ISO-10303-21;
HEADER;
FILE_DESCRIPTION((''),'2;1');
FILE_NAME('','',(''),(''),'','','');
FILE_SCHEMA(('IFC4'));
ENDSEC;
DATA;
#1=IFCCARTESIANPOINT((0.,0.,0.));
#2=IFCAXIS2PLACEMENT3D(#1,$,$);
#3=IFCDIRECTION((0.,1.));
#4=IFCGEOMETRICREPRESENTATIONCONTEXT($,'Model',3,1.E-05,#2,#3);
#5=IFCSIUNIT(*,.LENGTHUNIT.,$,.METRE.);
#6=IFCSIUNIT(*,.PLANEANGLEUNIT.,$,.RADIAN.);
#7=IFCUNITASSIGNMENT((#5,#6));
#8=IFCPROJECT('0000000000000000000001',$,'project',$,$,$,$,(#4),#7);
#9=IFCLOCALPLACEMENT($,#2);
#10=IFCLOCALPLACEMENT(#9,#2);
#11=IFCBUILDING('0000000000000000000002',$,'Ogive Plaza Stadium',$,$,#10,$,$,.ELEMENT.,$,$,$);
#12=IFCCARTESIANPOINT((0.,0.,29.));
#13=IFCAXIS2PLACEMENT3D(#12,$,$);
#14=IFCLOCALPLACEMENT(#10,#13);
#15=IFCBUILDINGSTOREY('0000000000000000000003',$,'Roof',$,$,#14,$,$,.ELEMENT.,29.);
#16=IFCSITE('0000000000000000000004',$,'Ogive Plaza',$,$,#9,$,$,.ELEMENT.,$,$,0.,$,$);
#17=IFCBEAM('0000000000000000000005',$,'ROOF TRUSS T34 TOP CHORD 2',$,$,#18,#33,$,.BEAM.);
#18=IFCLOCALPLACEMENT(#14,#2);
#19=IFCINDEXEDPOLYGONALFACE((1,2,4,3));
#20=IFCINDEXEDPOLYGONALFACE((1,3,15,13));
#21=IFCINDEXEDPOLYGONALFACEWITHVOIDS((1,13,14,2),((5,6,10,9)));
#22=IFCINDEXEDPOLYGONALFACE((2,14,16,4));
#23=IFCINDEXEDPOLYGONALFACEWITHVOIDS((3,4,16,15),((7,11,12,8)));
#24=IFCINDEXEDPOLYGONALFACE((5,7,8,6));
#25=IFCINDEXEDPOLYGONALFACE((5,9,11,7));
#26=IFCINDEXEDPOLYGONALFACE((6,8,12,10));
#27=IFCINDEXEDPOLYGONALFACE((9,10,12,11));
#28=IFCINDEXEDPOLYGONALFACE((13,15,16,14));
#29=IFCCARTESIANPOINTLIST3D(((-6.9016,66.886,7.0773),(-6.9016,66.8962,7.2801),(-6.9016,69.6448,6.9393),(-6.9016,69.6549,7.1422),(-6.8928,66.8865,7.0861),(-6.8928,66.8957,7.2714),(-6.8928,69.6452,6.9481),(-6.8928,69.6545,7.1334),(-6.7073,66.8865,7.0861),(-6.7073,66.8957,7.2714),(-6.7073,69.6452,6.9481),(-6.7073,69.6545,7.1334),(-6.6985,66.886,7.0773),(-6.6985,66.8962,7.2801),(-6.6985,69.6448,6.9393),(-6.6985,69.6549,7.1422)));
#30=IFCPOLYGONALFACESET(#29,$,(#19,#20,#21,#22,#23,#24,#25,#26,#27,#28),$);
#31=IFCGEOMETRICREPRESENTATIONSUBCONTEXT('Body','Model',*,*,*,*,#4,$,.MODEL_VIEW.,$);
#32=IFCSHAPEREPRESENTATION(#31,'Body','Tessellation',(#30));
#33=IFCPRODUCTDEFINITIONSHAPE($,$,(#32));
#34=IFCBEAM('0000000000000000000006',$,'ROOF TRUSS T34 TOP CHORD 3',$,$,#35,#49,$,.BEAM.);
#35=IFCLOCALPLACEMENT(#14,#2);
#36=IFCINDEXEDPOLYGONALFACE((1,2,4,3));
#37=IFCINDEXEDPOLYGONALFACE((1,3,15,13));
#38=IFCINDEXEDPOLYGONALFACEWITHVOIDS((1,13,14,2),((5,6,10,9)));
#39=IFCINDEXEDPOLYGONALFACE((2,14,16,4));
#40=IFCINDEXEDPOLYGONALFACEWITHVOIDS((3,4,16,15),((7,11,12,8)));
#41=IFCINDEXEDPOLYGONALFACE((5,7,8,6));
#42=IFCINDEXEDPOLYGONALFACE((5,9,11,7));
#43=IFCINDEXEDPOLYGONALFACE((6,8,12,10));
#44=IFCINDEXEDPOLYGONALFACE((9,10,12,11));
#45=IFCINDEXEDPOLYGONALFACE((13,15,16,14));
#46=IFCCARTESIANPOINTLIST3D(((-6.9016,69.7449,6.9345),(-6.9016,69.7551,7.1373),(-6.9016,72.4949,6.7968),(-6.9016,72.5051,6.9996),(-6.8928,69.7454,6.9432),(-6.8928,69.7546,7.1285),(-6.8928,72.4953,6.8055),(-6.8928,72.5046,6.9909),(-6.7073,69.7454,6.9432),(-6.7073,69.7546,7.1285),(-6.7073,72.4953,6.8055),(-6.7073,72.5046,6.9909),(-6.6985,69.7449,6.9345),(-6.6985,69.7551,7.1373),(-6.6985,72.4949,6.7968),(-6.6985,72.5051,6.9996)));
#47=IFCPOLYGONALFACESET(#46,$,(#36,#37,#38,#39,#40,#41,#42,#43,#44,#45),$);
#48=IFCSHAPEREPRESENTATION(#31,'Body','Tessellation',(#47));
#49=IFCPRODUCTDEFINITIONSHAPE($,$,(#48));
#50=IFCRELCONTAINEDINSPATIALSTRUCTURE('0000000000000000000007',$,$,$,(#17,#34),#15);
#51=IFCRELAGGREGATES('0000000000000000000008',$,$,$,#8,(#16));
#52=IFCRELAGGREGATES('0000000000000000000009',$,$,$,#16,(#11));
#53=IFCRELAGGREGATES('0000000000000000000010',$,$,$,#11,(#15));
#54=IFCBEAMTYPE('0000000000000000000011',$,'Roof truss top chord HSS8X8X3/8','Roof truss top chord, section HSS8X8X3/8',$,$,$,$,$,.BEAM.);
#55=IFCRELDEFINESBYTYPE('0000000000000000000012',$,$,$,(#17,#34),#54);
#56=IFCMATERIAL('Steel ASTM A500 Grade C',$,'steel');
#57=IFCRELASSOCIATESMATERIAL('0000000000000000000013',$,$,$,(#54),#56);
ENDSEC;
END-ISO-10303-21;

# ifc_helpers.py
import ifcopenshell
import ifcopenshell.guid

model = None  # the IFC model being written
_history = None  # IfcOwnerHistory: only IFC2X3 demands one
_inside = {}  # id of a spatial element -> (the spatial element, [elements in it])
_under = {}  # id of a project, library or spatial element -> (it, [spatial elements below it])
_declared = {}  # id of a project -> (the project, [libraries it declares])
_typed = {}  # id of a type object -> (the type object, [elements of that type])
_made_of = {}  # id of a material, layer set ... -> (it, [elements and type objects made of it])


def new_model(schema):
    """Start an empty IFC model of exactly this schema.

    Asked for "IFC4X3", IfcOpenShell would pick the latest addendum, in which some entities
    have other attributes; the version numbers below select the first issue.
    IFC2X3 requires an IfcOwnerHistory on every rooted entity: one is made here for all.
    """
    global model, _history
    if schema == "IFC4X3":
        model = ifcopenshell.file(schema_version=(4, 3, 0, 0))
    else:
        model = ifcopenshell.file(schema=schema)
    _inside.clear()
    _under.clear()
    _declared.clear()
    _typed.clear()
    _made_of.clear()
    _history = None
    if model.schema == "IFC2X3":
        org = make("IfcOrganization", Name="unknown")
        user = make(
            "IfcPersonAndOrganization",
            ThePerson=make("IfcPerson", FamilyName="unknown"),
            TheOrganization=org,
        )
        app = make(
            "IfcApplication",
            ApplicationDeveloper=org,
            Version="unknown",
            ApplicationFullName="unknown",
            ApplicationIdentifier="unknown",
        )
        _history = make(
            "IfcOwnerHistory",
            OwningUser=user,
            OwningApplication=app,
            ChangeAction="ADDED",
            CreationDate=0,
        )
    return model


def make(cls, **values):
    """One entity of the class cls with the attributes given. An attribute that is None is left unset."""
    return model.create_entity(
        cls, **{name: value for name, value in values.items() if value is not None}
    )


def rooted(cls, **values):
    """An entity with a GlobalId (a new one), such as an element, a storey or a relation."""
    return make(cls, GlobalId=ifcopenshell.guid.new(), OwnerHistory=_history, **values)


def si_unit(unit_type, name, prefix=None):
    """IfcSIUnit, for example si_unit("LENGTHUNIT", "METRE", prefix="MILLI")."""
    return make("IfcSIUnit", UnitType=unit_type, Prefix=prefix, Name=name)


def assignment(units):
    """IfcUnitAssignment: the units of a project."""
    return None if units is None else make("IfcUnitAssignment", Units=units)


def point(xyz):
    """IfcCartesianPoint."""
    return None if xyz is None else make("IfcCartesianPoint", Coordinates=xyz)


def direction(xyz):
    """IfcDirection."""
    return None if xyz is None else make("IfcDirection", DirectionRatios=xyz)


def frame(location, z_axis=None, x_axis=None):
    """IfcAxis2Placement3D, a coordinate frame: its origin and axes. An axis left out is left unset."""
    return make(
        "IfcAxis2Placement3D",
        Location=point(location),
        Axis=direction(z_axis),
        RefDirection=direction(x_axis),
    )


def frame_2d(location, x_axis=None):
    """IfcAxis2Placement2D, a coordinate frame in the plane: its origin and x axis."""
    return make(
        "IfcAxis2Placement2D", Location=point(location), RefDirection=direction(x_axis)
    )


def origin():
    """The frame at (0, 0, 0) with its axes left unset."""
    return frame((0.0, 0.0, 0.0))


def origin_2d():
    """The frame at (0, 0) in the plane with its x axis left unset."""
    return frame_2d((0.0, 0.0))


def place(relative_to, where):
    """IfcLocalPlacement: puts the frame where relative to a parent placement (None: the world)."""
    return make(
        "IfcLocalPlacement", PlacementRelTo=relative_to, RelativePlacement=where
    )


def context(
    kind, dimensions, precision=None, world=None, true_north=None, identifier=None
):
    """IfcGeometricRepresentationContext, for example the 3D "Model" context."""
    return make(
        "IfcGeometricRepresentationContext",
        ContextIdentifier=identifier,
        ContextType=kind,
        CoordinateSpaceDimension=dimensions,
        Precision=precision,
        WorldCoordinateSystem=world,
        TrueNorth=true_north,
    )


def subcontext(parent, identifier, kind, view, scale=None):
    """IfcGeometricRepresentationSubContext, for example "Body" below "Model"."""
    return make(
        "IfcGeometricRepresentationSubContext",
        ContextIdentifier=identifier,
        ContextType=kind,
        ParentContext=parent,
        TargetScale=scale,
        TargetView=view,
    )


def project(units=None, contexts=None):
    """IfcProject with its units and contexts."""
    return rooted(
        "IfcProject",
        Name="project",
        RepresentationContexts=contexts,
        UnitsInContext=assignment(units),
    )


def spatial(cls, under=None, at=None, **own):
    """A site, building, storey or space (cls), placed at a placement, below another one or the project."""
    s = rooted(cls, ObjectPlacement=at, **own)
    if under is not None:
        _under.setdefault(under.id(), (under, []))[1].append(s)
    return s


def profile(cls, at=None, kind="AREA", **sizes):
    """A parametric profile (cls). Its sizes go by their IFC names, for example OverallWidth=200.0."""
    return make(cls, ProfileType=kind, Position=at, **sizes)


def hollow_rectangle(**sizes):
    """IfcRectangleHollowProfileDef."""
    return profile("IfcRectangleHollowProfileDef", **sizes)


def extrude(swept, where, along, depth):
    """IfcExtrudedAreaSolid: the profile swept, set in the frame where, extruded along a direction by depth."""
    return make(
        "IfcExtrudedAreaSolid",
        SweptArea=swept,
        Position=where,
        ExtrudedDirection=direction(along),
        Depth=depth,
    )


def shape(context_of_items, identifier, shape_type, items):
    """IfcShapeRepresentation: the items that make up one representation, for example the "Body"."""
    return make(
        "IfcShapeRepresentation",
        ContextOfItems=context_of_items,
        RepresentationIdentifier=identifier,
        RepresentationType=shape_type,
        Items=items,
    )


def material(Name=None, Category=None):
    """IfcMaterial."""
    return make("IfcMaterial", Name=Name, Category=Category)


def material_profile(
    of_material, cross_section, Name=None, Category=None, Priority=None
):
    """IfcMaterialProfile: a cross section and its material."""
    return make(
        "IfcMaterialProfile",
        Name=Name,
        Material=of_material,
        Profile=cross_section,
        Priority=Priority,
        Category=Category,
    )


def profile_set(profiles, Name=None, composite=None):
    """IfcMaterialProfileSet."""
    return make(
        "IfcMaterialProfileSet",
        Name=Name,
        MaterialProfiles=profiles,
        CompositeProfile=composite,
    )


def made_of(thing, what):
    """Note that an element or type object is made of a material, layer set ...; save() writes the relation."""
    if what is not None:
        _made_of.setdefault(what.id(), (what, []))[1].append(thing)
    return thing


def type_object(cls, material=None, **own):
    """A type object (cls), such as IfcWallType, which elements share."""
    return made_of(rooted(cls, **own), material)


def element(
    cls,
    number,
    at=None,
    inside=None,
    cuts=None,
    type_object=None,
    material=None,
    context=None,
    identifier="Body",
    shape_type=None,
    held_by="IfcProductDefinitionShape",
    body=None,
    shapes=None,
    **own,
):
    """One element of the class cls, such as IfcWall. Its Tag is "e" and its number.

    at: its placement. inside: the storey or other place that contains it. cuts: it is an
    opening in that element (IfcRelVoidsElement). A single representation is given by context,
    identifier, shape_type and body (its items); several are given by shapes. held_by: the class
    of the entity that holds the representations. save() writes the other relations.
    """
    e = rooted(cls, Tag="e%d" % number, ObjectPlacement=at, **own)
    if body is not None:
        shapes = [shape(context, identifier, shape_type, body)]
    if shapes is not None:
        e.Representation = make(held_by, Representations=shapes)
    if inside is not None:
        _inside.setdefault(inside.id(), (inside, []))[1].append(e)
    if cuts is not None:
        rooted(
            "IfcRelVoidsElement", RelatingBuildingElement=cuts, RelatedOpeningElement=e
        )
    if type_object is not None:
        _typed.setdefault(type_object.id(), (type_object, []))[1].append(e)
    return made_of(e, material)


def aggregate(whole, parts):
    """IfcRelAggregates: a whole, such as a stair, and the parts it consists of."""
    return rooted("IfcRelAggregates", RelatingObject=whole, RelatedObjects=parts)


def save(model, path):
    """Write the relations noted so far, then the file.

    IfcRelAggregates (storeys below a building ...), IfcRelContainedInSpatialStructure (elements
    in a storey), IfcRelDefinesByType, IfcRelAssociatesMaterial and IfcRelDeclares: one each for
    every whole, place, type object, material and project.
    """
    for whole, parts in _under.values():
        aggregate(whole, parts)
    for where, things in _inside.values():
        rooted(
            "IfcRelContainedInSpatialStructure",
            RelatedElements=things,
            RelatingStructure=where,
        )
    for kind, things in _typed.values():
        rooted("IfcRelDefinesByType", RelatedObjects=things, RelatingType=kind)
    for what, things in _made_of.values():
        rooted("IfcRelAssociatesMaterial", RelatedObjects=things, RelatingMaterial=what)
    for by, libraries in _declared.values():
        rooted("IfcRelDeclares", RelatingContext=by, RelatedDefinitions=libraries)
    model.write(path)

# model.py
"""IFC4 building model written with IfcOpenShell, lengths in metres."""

from ifc_helpers import new_model, si_unit, direction, frame, origin, origin_2d, place, context, subcontext, project, spatial, hollow_rectangle, extrude, material, material_profile, profile_set, type_object, element, save


model = new_model("IFC4")

# Units and contexts
model_context = context("Model", 3, precision=1e-05, world=origin(), true_north=direction((0.0, 1.0)))
body_context = subcontext(model_context, "Body", "Model", "MODEL_VIEW")
ifc_project = project(units=[si_unit("LENGTHUNIT", "METRE"), si_unit("PLANEANGLEUNIT", "RADIAN")], contexts=[model_context])

# Site, building, storey
site_placement = place(None, origin())
site = spatial("IfcSite", under=ifc_project, at=site_placement, Name="Ogive Plaza", CompositionType="ELEMENT", RefElevation=0.0)
building_placement = place(site_placement, origin())
building = spatial("IfcBuilding", under=site, at=building_placement, Name="Ogive Plaza Stadium", CompositionType="ELEMENT")
storey_placement = place(building_placement, frame((0.0, 0.0, 29.0)))
storey = spatial("IfcBuildingStorey", under=building, at=storey_placement, Name="Roof", CompositionType="ELEMENT", Elevation=29.0)

# Beams
ifc_material_1 = material(Name="Steel ASTM A500 Grade C", Category="steel")
ifc_material_profile_1 = material_profile(ifc_material_1, hollow_rectangle(XDim=0.2031, YDim=0.2031, WallThickness=0.0088, at=origin_2d()), Name="HSS8X8X3/8")
ifc_profile_set_1 = profile_set([ifc_material_profile_1], Name="Steel ASTM A500 Grade C")
beam_type_1 = type_object("IfcBeamType", Name="Roof truss top chord HSS8X8X3/8", Description="Roof truss top chord, section HSS8X8X3/8", PredefinedType="BEAM", material=ifc_profile_set_1)
beam_1_placement = place(storey_placement, frame((-6.8, 66.8911, 7.1787), z_axis=(0.0, 0.998752, -0.049938), x_axis=(-1.0, 0.0, 0.0)))
element("IfcBeam", 1, at=beam_1_placement, inside=storey, type_object=beam_type_1, Name="ROOF TRUSS T34 TOP CHORD 2", PredefinedType="BEAM", context=body_context, shape_type="SweptSolid", body=[
    extrude(hollow_rectangle(XDim=0.2031, YDim=0.2031, WallThickness=0.0088, at=origin_2d()), origin(), (0.0, 0.0, 1.0), 2.7622),
])
beam_2_placement = place(storey_placement, frame((-6.8, 69.75, 7.0359), z_axis=(0.0, 0.998749, -0.050008), x_axis=(-1.0, 0.0, 0.0)))
element("IfcBeam", 2, at=beam_2_placement, inside=storey, type_object=beam_type_1, Name="ROOF TRUSS T34 TOP CHORD 3", PredefinedType="BEAM", context=body_context, shape_type="SweptSolid", body=[
    extrude(hollow_rectangle(XDim=0.2031, YDim=0.2031, WallThickness=0.0088, at=origin_2d()), origin(), (0.0, 0.0, 1.0), 2.7534),
])

save(model, "model.ifc")
